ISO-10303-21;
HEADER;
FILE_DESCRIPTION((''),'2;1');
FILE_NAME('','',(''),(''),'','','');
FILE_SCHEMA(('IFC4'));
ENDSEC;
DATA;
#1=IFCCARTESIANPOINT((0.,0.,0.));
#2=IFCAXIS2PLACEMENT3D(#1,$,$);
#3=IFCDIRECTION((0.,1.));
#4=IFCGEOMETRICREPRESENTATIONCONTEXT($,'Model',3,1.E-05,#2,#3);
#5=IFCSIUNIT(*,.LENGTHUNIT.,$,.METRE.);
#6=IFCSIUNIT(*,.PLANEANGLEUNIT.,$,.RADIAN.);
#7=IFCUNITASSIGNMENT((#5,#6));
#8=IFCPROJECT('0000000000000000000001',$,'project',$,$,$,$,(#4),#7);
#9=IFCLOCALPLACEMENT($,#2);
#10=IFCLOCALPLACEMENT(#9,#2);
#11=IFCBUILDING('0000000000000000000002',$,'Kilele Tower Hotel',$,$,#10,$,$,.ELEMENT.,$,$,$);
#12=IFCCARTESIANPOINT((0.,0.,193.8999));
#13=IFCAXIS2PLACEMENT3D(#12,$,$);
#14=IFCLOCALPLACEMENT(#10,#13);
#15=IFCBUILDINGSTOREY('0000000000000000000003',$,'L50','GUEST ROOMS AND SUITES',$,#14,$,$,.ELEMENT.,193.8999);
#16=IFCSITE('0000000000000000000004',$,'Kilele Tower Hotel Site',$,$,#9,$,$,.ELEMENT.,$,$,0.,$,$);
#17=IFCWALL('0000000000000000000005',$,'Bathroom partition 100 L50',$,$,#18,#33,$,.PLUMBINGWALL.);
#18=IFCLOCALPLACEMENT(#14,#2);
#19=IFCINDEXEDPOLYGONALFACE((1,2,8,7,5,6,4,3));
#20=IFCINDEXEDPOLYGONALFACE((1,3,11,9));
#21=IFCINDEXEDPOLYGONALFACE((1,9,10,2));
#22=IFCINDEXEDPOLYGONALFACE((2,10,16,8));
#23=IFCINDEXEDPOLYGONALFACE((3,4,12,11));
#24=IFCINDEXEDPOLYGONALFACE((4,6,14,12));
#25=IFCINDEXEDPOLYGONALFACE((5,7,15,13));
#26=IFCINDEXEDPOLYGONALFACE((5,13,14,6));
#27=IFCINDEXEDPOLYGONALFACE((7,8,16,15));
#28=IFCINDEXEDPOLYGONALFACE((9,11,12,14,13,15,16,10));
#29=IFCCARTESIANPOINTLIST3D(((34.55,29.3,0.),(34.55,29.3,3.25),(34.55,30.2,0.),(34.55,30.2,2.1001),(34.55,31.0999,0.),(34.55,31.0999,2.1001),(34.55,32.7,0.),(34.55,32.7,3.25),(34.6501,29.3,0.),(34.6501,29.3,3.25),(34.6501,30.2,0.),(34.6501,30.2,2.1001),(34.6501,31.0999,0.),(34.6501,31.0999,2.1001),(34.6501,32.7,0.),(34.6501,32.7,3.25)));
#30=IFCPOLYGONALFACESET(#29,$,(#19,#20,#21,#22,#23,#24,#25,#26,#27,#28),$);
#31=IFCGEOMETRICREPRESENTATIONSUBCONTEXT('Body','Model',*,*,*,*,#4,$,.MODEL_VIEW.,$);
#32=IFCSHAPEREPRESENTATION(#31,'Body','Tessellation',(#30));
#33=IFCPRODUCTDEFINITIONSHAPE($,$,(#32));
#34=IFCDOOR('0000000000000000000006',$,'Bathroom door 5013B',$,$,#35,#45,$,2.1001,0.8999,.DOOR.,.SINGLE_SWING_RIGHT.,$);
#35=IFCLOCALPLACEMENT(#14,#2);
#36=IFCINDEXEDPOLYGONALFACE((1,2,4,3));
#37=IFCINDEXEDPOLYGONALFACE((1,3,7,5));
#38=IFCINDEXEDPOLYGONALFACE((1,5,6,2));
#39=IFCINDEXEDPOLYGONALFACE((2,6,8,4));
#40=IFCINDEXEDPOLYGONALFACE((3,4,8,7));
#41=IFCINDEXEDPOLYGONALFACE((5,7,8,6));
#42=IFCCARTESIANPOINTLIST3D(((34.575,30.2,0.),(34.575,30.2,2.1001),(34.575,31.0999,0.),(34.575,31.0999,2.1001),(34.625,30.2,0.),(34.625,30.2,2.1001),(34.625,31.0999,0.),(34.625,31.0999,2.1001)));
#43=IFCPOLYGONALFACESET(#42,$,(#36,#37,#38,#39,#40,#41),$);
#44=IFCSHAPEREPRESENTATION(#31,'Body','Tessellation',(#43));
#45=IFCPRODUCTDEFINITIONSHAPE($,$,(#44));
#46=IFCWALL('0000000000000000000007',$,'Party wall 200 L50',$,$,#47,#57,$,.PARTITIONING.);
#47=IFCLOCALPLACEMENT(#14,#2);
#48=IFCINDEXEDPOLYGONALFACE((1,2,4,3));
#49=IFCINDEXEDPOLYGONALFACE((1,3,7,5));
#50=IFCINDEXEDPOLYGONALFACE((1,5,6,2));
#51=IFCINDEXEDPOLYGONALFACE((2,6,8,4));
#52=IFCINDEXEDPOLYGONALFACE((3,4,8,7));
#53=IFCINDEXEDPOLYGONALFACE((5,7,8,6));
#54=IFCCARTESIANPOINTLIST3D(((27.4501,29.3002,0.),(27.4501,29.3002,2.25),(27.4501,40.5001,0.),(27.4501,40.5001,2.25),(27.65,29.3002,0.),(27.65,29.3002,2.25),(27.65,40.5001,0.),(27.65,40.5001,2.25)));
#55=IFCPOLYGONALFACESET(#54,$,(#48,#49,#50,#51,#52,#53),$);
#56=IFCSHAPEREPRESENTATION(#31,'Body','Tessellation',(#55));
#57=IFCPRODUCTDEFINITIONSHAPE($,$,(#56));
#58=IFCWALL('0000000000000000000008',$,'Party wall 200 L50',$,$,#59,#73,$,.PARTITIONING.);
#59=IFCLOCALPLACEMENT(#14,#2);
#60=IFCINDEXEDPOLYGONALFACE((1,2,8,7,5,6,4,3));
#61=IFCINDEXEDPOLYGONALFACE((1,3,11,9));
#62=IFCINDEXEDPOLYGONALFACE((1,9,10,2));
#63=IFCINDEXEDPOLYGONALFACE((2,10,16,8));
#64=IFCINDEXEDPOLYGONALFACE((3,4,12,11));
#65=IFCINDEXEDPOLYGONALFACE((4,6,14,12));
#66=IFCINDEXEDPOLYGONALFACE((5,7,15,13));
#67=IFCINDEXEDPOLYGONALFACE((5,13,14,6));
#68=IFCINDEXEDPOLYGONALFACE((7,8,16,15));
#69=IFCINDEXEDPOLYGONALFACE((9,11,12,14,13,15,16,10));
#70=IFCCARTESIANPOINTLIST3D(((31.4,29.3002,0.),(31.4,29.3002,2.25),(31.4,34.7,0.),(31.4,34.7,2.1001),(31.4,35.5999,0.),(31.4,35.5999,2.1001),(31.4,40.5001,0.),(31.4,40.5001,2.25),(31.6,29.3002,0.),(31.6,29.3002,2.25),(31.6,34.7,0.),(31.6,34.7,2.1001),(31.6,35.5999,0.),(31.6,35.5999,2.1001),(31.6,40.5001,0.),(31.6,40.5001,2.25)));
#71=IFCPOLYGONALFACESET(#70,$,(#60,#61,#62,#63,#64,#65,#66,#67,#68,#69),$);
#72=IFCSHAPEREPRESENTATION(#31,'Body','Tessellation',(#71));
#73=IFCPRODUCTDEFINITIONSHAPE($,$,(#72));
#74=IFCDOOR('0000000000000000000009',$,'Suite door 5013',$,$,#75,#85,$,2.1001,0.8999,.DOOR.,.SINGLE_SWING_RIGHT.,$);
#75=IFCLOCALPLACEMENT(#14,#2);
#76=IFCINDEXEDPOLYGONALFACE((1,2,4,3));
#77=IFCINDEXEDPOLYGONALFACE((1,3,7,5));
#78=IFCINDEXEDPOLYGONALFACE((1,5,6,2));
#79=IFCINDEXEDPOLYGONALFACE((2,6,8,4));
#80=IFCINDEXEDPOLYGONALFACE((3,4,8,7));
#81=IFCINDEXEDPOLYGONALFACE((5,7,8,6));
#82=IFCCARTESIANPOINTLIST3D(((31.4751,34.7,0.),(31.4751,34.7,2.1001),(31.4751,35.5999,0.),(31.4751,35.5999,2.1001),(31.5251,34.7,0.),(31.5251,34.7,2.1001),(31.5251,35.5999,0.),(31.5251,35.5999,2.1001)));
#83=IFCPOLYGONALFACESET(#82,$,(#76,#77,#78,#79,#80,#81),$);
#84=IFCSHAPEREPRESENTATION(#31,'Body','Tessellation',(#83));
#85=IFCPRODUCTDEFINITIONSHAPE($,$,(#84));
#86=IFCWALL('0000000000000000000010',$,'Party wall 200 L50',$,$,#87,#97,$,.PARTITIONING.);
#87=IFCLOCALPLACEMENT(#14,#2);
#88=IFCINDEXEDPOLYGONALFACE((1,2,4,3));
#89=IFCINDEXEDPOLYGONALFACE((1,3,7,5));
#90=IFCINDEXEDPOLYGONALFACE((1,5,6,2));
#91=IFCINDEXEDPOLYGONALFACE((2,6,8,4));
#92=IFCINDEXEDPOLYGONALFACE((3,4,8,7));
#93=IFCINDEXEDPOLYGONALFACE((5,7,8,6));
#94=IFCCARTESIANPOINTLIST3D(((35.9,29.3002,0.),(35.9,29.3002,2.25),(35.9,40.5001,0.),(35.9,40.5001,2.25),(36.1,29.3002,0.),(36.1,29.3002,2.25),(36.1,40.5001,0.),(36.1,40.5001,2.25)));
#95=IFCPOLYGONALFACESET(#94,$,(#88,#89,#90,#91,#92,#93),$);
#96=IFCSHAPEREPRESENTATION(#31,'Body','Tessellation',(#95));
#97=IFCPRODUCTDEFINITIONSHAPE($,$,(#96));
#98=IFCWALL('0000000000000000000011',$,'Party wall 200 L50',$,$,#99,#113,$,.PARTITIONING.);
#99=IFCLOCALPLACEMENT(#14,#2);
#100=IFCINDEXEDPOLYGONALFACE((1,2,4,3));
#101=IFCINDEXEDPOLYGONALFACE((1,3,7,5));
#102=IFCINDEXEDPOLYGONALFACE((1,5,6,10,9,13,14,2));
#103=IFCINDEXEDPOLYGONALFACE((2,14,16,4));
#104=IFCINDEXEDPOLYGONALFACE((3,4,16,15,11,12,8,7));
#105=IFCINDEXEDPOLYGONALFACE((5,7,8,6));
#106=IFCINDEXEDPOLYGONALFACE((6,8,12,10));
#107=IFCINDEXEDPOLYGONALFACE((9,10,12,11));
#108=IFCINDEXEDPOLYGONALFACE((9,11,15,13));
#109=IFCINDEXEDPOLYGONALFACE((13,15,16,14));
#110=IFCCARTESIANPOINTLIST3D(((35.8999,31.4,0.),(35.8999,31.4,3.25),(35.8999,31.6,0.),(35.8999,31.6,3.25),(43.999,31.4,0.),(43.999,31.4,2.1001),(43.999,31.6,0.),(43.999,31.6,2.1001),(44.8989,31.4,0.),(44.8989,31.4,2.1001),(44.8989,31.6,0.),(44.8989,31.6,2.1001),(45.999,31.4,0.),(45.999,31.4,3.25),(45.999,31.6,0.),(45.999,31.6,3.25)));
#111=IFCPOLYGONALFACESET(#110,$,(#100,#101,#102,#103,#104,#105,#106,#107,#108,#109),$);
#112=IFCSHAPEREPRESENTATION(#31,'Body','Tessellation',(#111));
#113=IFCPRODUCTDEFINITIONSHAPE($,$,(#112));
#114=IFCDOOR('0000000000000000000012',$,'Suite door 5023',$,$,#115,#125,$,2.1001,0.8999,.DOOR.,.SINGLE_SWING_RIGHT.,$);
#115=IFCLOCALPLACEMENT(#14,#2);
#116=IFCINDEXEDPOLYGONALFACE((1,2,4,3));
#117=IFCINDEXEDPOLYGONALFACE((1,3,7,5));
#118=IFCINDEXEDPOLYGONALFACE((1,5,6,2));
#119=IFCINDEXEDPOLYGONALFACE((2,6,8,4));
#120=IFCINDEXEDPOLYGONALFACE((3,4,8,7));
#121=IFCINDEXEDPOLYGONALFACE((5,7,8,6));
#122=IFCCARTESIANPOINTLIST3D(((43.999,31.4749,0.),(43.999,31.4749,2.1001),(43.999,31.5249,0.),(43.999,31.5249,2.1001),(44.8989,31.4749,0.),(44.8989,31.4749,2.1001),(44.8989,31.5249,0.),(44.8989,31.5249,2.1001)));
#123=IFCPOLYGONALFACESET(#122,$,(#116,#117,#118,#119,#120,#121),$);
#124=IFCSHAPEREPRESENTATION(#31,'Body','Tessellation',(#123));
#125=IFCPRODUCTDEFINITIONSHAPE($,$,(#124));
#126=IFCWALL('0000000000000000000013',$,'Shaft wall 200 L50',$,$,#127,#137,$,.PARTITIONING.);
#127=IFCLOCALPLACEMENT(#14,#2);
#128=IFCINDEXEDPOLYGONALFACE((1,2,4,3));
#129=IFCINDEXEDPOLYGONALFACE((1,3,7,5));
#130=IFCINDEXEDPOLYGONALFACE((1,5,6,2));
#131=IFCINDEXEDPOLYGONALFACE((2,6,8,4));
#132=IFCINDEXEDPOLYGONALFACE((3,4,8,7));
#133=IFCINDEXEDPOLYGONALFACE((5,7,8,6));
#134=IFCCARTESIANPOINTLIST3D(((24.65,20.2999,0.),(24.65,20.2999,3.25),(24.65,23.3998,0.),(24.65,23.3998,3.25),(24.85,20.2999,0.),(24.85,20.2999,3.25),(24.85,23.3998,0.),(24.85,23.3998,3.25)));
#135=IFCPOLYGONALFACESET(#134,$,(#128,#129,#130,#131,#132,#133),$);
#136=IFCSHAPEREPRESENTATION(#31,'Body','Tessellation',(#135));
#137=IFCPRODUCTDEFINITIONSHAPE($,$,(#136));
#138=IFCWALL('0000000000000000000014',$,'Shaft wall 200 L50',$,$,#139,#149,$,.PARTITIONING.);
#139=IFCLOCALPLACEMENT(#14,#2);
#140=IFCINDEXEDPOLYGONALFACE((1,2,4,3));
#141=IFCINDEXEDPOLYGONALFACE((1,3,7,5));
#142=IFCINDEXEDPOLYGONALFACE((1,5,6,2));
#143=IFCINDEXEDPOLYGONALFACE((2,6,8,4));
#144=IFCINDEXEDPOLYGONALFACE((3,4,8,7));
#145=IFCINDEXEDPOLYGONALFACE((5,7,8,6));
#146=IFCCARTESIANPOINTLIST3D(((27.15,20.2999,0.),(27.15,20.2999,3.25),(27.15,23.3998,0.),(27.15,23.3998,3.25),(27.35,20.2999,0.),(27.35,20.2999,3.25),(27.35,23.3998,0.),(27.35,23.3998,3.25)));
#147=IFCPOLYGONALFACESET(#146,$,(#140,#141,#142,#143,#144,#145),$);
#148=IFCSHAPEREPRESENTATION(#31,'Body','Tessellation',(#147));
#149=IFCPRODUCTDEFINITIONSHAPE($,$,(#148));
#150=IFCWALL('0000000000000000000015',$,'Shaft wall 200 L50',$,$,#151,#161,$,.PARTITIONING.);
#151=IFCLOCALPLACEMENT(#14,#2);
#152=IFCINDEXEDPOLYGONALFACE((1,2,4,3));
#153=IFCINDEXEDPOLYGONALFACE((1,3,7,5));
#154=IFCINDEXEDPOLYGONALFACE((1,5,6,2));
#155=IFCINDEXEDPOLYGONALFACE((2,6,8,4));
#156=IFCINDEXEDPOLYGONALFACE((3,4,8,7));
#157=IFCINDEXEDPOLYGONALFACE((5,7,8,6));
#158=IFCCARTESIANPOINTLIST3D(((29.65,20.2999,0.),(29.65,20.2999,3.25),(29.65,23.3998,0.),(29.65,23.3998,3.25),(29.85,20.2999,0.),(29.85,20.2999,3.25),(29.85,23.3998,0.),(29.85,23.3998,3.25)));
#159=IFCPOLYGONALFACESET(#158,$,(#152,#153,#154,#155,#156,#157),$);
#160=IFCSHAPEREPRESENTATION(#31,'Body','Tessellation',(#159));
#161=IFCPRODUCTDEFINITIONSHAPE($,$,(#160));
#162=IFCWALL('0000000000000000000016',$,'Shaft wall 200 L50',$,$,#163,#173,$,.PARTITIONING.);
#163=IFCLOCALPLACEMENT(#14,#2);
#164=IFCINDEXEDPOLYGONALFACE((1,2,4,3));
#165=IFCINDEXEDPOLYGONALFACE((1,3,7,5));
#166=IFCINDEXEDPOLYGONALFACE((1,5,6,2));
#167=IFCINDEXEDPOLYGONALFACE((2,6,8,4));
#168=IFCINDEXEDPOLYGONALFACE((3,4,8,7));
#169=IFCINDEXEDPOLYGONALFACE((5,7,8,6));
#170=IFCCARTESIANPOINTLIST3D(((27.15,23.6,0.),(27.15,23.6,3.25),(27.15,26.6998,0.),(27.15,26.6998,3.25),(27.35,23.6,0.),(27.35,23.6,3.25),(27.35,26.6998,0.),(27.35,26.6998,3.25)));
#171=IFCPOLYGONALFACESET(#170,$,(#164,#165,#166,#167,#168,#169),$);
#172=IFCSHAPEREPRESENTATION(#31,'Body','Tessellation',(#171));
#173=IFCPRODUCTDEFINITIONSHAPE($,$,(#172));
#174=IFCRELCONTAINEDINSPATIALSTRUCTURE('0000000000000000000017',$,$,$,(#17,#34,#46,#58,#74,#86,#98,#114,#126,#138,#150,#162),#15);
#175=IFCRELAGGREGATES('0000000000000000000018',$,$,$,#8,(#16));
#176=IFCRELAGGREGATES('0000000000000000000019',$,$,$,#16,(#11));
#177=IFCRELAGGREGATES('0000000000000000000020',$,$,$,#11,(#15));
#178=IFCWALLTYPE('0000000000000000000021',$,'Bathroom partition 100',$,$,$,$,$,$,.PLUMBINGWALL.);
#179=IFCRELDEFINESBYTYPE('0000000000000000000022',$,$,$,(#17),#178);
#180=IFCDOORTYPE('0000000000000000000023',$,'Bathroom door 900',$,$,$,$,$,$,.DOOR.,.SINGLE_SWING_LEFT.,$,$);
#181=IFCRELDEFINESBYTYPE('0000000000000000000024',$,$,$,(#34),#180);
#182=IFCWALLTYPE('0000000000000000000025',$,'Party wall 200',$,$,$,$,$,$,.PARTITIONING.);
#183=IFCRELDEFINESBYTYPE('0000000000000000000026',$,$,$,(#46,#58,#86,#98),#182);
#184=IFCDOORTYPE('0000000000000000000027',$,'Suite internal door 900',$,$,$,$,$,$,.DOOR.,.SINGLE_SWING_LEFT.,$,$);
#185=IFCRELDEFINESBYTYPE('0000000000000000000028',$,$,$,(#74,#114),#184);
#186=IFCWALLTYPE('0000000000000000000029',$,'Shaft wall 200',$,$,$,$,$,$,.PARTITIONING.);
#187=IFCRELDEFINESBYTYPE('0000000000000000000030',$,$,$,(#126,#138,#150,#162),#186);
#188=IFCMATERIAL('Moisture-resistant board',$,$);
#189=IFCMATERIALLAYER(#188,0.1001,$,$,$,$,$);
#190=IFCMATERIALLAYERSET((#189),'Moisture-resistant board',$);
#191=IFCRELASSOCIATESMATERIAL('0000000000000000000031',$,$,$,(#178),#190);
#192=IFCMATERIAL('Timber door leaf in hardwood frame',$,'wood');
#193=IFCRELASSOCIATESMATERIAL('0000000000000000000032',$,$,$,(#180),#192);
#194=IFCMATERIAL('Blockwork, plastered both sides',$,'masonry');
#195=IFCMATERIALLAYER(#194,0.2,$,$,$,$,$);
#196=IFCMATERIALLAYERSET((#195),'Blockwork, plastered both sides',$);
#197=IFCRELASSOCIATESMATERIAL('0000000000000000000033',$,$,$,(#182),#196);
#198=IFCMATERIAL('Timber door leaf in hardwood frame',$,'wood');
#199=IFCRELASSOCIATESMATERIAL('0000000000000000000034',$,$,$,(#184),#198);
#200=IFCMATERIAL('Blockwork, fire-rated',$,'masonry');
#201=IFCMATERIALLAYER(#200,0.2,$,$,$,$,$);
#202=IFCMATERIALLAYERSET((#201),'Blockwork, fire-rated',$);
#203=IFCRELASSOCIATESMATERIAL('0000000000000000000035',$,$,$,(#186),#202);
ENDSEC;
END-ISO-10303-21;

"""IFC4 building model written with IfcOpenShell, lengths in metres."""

from ifc_helpers import new_model, si_unit, direction, frame, frame_2d, origin, place, context, subcontext, project, spatial, rectangle, extrude, material, layer, layer_set, type_object, element, fill, save


model = new_model("IFC4")

# Units and contexts
model_context = context("Model", 3, precision=1e-05, world=origin(), true_north=direction((0.0, 1.0)))
body_context = subcontext(model_context, "Body", "Model", "MODEL_VIEW")
ifc_project = project(units=[si_unit("LENGTHUNIT", "METRE"), si_unit("PLANEANGLEUNIT", "RADIAN")], contexts=[model_context])

# Site, building, storey
site_placement = place(None, origin())
site = spatial("IfcSite", under=ifc_project, at=site_placement, Name="Kilele Tower Hotel Site", CompositionType="ELEMENT", RefElevation=0.0)
building_placement = place(site_placement, origin())
building = spatial("IfcBuilding", under=site, at=building_placement, Name="Kilele Tower Hotel", CompositionType="ELEMENT")
storey_placement = place(building_placement, frame((0.0, 0.0, 193.8999)))
storey = spatial("IfcBuildingStorey", under=building, at=storey_placement, Name="L50", Description="GUEST ROOMS AND SUITES", CompositionType="ELEMENT", Elevation=193.8999)

# Shared definitions
ifc_material_1 = material(Name="Moisture-resistant board")
ifc_layer_1 = layer(ifc_material_1, 0.1001)
ifc_layer_set_1 = layer_set([ifc_layer_1], Name="Moisture-resistant board")
wall_type_1 = type_object("IfcWallType", Name="Bathroom partition 100", PredefinedType="PLUMBINGWALL", material=ifc_layer_set_1)

# Shared definitions
ifc_material_2 = material(Name="Timber door leaf in hardwood frame", Category="wood")
door_type_1 = type_object("IfcDoorType", Name="Bathroom door 900", OperationType="SINGLE_SWING_LEFT", PredefinedType="DOOR", material=ifc_material_2)

# Wall, opening, door
wall_1_placement = place(storey_placement, frame((34.6001, 29.3, 0.0), z_axis=(0.0, 0.0, 1.0), x_axis=(0.0, 1.0, 0.0)))
wall_1 = element("IfcWall", 1, at=wall_1_placement, inside=storey, type_object=wall_type_1, Name="Bathroom partition 100 L50", PredefinedType="PLUMBINGWALL", context=body_context, shape_type="SweptSolid", body=[
    extrude(rectangle(XDim=3.3999, YDim=0.1001, at=frame_2d((1.7, 0.0))), origin(), (0.0, 0.0, 1.0), 3.25),
])
opening_1_placement = place(wall_1_placement, frame((1.7998, 0.0, 0.0), z_axis=(0.0, 0.0, 1.0), x_axis=(-1.0, 0.0, 0.0)))
opening_1 = element("IfcOpeningElement", 2, at=opening_1_placement, cuts=wall_1, PredefinedType="OPENING", context=body_context, shape_type="SweptSolid", body=[
    extrude(rectangle(XDim=0.8999, YDim=2.1001, at=frame_2d((0.45, 1.05))), frame((0.0, 0.0601, 0.0), z_axis=(0.0, -1.0, 0.0), x_axis=(1.0, 0.0, 0.0)), (0.0, 0.0, 1.0), 0.1201),
])
door_1_placement = place(opening_1_placement, origin())
door_1 = element("IfcDoor", 3, at=door_1_placement, inside=storey, type_object=door_type_1, Name="Bathroom door 5013B", OperationType="SINGLE_SWING_RIGHT", OverallHeight=2.1001, OverallWidth=0.8999, PredefinedType="DOOR", context=body_context, shape_type="SweptSolid", body=[
    extrude(rectangle(XDim=0.8999, YDim=2.1001, at=frame_2d((0.45, 1.05))), frame((0.0, 0.0249, 0.0), z_axis=(0.0, -1.0, 0.0), x_axis=(1.0, 0.0, 0.0)), (0.0, 0.0, 1.0), 0.05),
])
fill(opening_1, door_1)

# Wall
ifc_material_3 = material(Name="Blockwork, plastered both sides", Category="masonry")
ifc_layer_2 = layer(ifc_material_3, 0.2)
ifc_layer_set_2 = layer_set([ifc_layer_2], Name="Blockwork, plastered both sides")
wall_type_2 = type_object("IfcWallType", Name="Party wall 200", PredefinedType="PARTITIONING", material=ifc_layer_set_2)
wall_2_placement = place(storey_placement, frame((27.55, 29.3, 0.0), z_axis=(0.0, 0.0, 1.0), x_axis=(0.0, 1.0, 0.0)))
element("IfcWall", 4, at=wall_2_placement, inside=storey, type_object=wall_type_2, Name="Party wall 200 L50", PredefinedType="PARTITIONING", context=body_context, shape_type="SweptSolid", body=[
    extrude(rectangle(XDim=11.2, YDim=0.2, at=frame_2d((5.6001, 0.0))), origin(), (0.0, 0.0, 1.0), 2.25),
])

# Wall, opening, door
wall_3_placement = place(storey_placement, frame((31.5, 29.3, 0.0), z_axis=(0.0, 0.0, 1.0), x_axis=(0.0, 1.0, 0.0)))
wall_3 = element("IfcWall", 5, at=wall_3_placement, inside=storey, type_object=wall_type_2, Name="Party wall 200 L50", PredefinedType="PARTITIONING", context=body_context, shape_type="SweptSolid", body=[
    extrude(rectangle(XDim=11.2, YDim=0.2, at=frame_2d((5.6001, 0.0))), origin(), (0.0, 0.0, 1.0), 2.25),
])
opening_2_placement = place(wall_3_placement, frame((5.3999, 0.0, 0.0)))
opening_2 = element("IfcOpeningElement", 6, at=opening_2_placement, cuts=wall_3, PredefinedType="OPENING", context=body_context, shape_type="SweptSolid", body=[
    extrude(rectangle(XDim=0.8999, YDim=2.1001, at=frame_2d((0.45, 1.05))), frame((0.0, 0.1099, 0.0), z_axis=(0.0, -1.0, 0.0), x_axis=(1.0, 0.0, 0.0)), (0.0, 0.0, 1.0), 0.22),
])
ifc_material_4 = material(Name="Timber door leaf in hardwood frame", Category="wood")
door_type_2 = type_object("IfcDoorType", Name="Suite internal door 900", OperationType="SINGLE_SWING_LEFT", PredefinedType="DOOR", material=ifc_material_4)
door_2_placement = place(opening_2_placement, origin())
door_2 = element("IfcDoor", 7, at=door_2_placement, inside=storey, type_object=door_type_2, Name="Suite door 5013", OperationType="SINGLE_SWING_RIGHT", OverallHeight=2.1001, OverallWidth=0.8999, PredefinedType="DOOR", context=body_context, shape_type="SweptSolid", body=[
    extrude(rectangle(XDim=0.8999, YDim=2.1001, at=frame_2d((0.45, 1.05))), frame((0.0, 0.0249, 0.0), z_axis=(0.0, -1.0, 0.0), x_axis=(1.0, 0.0, 0.0)), (0.0, 0.0, 1.0), 0.05),
])
fill(opening_2, door_2)

# Wall
wall_4_placement = place(storey_placement, frame((36.0, 29.3, 0.0), z_axis=(0.0, 0.0, 1.0), x_axis=(0.0, 1.0, 0.0)))
element("IfcWall", 8, at=wall_4_placement, inside=storey, type_object=wall_type_2, Name="Party wall 200 L50", PredefinedType="PARTITIONING", context=body_context, shape_type="SweptSolid", body=[
    extrude(rectangle(XDim=11.2, YDim=0.2, at=frame_2d((5.6001, 0.0))), origin(), (0.0, 0.0, 1.0), 2.25),
])

# Wall, opening, door
wall_5_placement = place(storey_placement, frame((35.8999, 31.5, 0.0), z_axis=(0.0, 0.0, 1.0), x_axis=(1.0, 0.0, 0.0)))
wall_5 = element("IfcWall", 9, at=wall_5_placement, inside=storey, type_object=wall_type_2, Name="Party wall 200 L50", PredefinedType="PARTITIONING", context=body_context, shape_type="SweptSolid", body=[
    extrude(rectangle(XDim=10.0991, YDim=0.2, at=frame_2d((5.0496, 0.0))), origin(), (0.0, 0.0, 1.0), 3.25),
])
opening_3_placement = place(wall_5_placement, frame((8.0991, 0.0, 0.0)))
opening_3 = element("IfcOpeningElement", 10, at=opening_3_placement, cuts=wall_5, PredefinedType="OPENING", context=body_context, shape_type="SweptSolid", body=[
    extrude(rectangle(XDim=0.8999, YDim=2.1001, at=frame_2d((0.45, 1.05))), frame((0.0, 0.1099, 0.0), z_axis=(0.0, -1.0, 0.0), x_axis=(1.0, 0.0, 0.0)), (0.0, 0.0, 1.0), 0.22),
])
door_3_placement = place(opening_3_placement, origin())
door_3 = element("IfcDoor", 11, at=door_3_placement, inside=storey, type_object=door_type_2, Name="Suite door 5023", OperationType="SINGLE_SWING_RIGHT", OverallHeight=2.1001, OverallWidth=0.8999, PredefinedType="DOOR", context=body_context, shape_type="SweptSolid", body=[
    extrude(rectangle(XDim=0.8999, YDim=2.1001, at=frame_2d((0.45, 1.05))), frame((0.0, 0.0249, 0.0), z_axis=(0.0, -1.0, 0.0), x_axis=(1.0, 0.0, 0.0)), (0.0, 0.0, 1.0), 0.05),
])
fill(opening_3, door_3)

# Walls
ifc_material_5 = material(Name="Blockwork, fire-rated", Category="masonry")
ifc_layer_3 = layer(ifc_material_5, 0.2)
ifc_layer_set_3 = layer_set([ifc_layer_3], Name="Blockwork, fire-rated")
wall_type_3 = type_object("IfcWallType", Name="Shaft wall 200", PredefinedType="PARTITIONING", material=ifc_layer_set_3)
for number, where, z_axis, x_axis, name in (
    (12, (24.75, 20.3, 0.0), (0.0, 0.0, 1.0), (0.0, 1.0, 0.0), "Shaft wall 200 L50"),
    (13, (27.25, 20.3, 0.0), (0.0, 0.0, 1.0), (0.0, 1.0, 0.0), "Shaft wall 200 L50"),
    (14, (29.75, 20.3, 0.0), (0.0, 0.0, 1.0), (0.0, 1.0, 0.0), "Shaft wall 200 L50"),
    (15, (27.25, 23.6001, 0.0), (0.0, 0.0, 1.0), (0.0, 1.0, 0.0), "Shaft wall 200 L50"),
):
    element("IfcWall", number, at=place(storey_placement, frame(where, z_axis=z_axis, x_axis=x_axis)), inside=storey, type_object=wall_type_3, Name=name, PredefinedType="PARTITIONING", context=body_context, shape_type="SweptSolid", body=[
        extrude(rectangle(XDim=3.0999, YDim=0.2, at=frame_2d((1.5498, 0.0))), origin(), (0.0, 0.0, 1.0), 3.25),
    ])

save(model, "model.ifc")
